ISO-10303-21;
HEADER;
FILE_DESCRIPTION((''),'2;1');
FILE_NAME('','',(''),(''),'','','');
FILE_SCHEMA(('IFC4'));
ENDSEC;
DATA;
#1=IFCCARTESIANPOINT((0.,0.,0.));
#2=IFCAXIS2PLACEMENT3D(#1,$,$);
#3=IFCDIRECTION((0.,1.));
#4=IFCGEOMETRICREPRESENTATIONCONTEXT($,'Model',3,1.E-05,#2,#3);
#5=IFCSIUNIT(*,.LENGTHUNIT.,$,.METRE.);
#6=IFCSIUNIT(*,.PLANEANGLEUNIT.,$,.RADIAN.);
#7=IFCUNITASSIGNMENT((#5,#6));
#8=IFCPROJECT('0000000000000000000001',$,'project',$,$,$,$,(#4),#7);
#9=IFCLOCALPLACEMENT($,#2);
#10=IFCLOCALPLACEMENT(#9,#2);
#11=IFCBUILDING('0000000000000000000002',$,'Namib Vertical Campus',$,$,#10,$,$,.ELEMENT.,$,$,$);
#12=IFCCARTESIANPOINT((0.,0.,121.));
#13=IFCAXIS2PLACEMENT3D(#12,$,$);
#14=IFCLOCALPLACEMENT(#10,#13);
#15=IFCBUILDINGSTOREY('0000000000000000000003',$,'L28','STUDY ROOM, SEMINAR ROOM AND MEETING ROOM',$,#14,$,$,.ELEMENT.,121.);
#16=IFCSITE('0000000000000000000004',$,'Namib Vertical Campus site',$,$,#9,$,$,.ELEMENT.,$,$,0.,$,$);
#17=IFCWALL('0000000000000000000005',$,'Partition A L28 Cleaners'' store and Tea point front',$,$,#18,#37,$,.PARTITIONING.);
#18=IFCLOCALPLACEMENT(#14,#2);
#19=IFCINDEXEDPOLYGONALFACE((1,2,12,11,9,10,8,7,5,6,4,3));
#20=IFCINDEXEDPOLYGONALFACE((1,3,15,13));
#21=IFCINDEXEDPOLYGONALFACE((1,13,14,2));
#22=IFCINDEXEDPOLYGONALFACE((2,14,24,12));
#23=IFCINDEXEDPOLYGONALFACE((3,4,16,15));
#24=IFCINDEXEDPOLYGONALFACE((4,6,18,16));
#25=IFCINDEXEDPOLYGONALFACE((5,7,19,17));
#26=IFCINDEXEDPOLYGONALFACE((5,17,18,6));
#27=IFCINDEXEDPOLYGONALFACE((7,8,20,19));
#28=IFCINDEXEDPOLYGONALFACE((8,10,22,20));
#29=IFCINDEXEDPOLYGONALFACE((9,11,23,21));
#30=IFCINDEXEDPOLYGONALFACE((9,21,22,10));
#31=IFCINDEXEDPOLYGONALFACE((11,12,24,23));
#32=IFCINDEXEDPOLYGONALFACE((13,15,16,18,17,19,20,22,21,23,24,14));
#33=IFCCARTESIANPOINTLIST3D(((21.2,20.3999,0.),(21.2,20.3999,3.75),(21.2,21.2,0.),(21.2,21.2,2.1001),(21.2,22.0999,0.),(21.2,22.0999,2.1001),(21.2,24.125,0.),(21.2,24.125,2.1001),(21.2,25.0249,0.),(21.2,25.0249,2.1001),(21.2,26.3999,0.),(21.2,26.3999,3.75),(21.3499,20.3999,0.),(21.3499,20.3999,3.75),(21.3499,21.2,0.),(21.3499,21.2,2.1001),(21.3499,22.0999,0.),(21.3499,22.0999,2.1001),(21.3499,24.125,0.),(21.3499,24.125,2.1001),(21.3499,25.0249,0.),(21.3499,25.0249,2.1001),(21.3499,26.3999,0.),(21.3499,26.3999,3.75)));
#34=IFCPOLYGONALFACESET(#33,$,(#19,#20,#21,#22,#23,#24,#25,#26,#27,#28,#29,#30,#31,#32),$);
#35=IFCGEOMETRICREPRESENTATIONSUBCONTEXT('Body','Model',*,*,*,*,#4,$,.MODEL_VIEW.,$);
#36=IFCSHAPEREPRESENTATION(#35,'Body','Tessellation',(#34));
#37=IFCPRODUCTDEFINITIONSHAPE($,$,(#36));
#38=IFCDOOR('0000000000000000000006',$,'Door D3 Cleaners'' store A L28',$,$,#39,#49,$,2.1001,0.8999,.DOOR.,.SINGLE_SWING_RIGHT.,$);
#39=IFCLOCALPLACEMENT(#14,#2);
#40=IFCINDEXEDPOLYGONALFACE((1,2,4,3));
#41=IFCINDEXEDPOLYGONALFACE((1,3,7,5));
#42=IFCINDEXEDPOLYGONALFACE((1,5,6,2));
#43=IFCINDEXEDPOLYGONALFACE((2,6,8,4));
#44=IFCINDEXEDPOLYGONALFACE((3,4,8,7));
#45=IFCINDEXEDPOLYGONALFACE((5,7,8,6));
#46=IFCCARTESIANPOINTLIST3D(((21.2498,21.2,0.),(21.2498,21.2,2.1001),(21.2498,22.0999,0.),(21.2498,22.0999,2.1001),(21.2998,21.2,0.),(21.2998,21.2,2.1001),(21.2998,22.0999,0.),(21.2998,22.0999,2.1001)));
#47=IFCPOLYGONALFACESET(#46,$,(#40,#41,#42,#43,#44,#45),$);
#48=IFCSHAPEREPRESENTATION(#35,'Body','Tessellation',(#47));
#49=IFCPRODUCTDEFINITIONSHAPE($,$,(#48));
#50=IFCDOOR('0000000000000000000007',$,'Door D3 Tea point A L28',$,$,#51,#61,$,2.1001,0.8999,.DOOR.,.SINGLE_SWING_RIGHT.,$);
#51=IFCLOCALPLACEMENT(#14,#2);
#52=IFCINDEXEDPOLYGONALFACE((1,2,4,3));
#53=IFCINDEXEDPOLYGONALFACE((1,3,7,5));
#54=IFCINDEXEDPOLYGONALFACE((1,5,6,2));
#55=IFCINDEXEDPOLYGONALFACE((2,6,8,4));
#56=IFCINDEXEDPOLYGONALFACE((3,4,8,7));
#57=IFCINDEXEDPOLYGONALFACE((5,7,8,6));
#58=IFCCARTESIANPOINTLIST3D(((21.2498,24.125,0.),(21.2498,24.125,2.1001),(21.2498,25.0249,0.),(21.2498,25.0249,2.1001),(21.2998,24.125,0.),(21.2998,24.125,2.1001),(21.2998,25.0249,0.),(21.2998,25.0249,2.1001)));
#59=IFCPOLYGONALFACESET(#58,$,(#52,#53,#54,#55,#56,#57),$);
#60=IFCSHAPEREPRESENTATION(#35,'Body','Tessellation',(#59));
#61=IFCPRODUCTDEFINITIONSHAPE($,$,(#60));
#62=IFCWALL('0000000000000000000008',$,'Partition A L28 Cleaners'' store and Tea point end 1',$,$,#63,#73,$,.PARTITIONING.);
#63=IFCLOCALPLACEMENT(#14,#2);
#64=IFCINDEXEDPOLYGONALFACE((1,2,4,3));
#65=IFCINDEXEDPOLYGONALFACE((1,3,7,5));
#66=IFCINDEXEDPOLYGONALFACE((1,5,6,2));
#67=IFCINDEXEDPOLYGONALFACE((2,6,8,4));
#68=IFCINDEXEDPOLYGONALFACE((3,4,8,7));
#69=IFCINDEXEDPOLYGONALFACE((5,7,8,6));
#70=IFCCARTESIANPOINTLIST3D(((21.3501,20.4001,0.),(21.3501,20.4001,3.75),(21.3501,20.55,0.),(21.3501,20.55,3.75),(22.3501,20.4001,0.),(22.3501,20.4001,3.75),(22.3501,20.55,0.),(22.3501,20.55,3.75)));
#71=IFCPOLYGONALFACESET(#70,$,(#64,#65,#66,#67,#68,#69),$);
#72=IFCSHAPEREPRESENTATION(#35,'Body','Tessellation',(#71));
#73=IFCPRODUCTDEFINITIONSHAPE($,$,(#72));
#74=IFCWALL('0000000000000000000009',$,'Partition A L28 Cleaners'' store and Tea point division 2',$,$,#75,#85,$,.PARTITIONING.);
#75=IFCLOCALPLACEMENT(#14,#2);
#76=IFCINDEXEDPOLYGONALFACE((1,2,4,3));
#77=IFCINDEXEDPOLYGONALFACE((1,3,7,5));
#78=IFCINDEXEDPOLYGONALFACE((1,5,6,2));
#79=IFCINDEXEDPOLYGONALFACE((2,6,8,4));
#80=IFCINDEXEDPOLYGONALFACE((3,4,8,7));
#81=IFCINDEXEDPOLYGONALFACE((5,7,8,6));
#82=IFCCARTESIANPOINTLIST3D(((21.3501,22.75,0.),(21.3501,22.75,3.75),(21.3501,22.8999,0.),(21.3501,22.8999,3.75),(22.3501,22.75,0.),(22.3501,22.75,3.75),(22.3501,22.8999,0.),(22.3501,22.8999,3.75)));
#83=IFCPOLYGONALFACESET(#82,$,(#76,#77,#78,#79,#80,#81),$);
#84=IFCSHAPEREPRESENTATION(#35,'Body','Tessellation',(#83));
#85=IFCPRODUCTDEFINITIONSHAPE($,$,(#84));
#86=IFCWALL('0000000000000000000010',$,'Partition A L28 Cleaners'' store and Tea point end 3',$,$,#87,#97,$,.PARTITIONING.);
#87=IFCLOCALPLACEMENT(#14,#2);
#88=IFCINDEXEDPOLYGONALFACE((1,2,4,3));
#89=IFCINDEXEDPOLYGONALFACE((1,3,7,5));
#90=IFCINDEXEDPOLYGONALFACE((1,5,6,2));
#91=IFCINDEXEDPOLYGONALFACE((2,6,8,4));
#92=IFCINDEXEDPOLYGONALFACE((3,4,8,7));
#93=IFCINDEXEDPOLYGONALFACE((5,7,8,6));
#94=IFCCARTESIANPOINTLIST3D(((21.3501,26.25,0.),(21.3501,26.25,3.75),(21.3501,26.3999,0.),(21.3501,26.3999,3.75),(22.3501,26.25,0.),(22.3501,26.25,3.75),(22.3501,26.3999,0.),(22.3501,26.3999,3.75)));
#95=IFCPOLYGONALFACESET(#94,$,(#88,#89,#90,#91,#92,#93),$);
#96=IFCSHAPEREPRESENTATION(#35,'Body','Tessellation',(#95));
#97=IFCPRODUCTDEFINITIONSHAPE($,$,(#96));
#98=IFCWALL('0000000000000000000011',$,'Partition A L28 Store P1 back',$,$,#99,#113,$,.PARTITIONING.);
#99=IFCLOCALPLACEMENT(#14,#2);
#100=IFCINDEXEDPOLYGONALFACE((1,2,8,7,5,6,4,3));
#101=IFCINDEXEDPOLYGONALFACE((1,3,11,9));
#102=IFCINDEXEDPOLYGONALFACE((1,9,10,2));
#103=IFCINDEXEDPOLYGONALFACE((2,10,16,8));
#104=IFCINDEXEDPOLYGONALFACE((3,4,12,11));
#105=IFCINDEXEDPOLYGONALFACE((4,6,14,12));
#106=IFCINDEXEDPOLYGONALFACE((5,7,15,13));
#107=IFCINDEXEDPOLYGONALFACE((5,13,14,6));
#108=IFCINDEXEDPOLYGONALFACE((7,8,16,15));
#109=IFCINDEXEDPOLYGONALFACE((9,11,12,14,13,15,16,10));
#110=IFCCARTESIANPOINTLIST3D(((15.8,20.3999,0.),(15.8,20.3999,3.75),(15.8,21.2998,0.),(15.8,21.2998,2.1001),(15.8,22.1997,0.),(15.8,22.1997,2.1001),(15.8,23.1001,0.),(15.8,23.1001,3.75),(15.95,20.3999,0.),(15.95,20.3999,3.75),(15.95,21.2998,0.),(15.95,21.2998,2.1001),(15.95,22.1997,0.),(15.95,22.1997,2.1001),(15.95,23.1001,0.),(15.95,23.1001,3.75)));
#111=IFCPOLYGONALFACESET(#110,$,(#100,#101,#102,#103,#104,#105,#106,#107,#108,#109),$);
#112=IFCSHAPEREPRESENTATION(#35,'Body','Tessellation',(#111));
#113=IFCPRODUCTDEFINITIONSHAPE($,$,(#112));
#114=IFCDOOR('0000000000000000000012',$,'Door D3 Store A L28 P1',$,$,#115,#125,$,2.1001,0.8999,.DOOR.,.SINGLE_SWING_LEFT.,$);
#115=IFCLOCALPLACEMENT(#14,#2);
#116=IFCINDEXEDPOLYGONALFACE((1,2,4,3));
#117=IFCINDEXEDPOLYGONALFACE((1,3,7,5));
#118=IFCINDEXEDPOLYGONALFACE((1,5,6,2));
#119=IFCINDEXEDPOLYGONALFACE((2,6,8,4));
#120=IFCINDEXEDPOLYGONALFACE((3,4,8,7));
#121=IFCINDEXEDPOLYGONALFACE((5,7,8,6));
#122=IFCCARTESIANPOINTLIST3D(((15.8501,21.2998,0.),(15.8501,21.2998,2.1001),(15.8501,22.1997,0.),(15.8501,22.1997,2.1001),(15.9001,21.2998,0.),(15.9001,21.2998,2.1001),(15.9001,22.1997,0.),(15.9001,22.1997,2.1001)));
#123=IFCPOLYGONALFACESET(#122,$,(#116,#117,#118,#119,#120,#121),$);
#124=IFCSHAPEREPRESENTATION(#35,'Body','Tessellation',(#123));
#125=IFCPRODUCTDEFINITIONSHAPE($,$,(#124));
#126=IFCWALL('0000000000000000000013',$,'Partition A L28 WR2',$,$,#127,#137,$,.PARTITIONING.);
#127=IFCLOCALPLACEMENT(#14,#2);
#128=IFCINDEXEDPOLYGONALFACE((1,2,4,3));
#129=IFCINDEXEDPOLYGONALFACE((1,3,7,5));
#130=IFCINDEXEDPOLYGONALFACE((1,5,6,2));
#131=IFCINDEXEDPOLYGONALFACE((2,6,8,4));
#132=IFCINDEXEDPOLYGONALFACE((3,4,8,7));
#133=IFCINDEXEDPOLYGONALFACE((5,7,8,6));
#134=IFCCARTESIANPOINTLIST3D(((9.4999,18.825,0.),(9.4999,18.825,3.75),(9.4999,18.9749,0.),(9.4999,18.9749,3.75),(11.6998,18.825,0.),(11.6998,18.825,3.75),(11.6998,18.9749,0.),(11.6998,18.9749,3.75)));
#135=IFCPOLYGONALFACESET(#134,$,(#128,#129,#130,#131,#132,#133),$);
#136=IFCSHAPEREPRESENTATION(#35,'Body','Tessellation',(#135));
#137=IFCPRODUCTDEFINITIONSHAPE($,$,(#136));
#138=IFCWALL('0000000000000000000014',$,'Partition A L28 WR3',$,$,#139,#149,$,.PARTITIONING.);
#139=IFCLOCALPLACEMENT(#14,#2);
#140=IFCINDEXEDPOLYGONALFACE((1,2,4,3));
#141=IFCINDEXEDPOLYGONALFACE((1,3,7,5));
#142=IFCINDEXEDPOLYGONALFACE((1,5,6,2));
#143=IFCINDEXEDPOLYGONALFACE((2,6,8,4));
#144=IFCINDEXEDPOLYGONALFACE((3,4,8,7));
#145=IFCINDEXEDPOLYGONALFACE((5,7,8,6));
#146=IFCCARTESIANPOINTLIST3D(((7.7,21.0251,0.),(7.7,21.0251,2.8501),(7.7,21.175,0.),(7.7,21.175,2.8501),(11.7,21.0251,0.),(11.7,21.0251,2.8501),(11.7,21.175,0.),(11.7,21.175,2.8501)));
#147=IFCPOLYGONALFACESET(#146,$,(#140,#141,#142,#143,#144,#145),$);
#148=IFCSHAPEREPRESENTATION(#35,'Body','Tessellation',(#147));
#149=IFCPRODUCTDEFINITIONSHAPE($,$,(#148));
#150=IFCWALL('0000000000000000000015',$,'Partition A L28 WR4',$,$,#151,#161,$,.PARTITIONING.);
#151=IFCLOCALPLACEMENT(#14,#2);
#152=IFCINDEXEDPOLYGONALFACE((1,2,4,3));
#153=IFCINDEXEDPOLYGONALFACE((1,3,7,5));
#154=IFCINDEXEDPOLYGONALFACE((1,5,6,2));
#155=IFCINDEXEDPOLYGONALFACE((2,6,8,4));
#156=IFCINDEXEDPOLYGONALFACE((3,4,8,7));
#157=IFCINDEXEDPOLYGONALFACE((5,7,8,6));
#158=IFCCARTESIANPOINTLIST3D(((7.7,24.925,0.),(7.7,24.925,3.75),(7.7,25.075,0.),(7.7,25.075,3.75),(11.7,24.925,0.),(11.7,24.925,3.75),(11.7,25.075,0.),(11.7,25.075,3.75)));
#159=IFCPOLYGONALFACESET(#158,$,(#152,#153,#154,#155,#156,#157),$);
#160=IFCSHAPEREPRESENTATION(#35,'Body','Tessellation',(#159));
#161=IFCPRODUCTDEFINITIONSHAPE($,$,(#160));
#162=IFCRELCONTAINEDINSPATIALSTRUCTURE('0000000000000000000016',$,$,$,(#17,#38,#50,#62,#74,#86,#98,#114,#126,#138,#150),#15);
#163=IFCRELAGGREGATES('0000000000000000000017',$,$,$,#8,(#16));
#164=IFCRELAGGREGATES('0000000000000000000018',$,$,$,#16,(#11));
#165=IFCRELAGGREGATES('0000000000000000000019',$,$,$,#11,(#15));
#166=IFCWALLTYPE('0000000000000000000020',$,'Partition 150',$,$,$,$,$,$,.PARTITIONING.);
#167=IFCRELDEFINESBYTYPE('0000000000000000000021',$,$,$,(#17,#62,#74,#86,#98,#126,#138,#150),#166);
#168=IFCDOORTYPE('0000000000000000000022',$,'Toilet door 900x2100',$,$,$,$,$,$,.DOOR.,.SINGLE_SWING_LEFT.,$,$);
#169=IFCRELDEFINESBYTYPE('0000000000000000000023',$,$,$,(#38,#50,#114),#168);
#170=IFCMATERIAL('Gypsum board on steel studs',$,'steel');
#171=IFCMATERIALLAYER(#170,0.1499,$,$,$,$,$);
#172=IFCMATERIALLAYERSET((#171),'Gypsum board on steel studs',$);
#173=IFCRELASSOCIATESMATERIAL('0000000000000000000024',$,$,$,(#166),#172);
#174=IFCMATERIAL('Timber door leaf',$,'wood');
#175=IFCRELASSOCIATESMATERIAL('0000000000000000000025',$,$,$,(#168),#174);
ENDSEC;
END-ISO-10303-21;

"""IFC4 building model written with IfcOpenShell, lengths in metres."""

from ifc_helpers import new_model, si_unit, direction, frame, frame_2d, origin, place, context, subcontext, project, spatial, rectangle, extrude, material, layer, layer_set, type_object, element, fill, save


model = new_model("IFC4")

# Units and contexts
model_context = context("Model", 3, precision=1e-05, world=origin(), true_north=direction((0.0, 1.0)))
body_context = subcontext(model_context, "Body", "Model", "MODEL_VIEW")
ifc_project = project(units=[si_unit("LENGTHUNIT", "METRE"), si_unit("PLANEANGLEUNIT", "RADIAN")], contexts=[model_context])

# Site, building, storey
site_placement = place(None, origin())
site = spatial("IfcSite", under=ifc_project, at=site_placement, Name="Namib Vertical Campus site", CompositionType="ELEMENT", RefElevation=0.0)
building_placement = place(site_placement, origin())
building = spatial("IfcBuilding", under=site, at=building_placement, Name="Namib Vertical Campus", CompositionType="ELEMENT")
storey_placement = place(building_placement, frame((0.0, 0.0, 121.0)))
storey = spatial("IfcBuildingStorey", under=building, at=storey_placement, Name="L28", Description="STUDY ROOM, SEMINAR ROOM AND MEETING ROOM", CompositionType="ELEMENT", Elevation=121.0)

# Wall, openings, doors
ifc_material_1 = material(Name="Gypsum board on steel studs", Category="steel")
ifc_layer_1 = layer(ifc_material_1, 0.1499)
ifc_layer_set_1 = layer_set([ifc_layer_1], Name="Gypsum board on steel studs")
wall_type_1 = type_object("IfcWallType", Name="Partition 150", PredefinedType="PARTITIONING", material=ifc_layer_set_1)
wall_1_placement = place(storey_placement, frame((21.2749, 20.3999, 0.0), z_axis=(0.0, 0.0, 1.0), x_axis=(0.0, 1.0, 0.0)))
wall_1 = element("IfcWall", 1, at=wall_1_placement, inside=storey, type_object=wall_type_1, Name="Partition A L28 Cleaners' store and Tea point front", PredefinedType="PARTITIONING", context=body_context, shape_type="SweptSolid", body=[
    extrude(rectangle(XDim=6.0, YDim=0.1499, at=frame_2d((3.0, 0.0))), origin(), (0.0, 0.0, 1.0), 3.75),
])
opening_1_placement = place(wall_1_placement, frame((0.8, 0.0, 0.0)))
opening_1 = element("IfcOpeningElement", 2, at=opening_1_placement, cuts=wall_1, PredefinedType="OPENING", context=body_context, shape_type="SweptSolid", body=[
    extrude(rectangle(XDim=0.8999, YDim=2.1001, at=frame_2d((0.45, 1.05))), frame((0.0, 0.085, 0.0), z_axis=(0.0, -1.0, 0.0), x_axis=(1.0, 0.0, 0.0)), (0.0, 0.0, 1.0), 0.1699),
])
opening_2_placement = place(wall_1_placement, frame((3.7251, 0.0, 0.0)))
opening_2 = element("IfcOpeningElement", 3, at=opening_2_placement, cuts=wall_1, PredefinedType="OPENING", context=body_context, shape_type="SweptSolid", body=[
    extrude(rectangle(XDim=0.8999, YDim=2.1001, at=frame_2d((0.45, 1.05))), frame((0.0, 0.085, 0.0), z_axis=(0.0, -1.0, 0.0), x_axis=(1.0, 0.0, 0.0)), (0.0, 0.0, 1.0), 0.1699),
])
ifc_material_2 = material(Name="Timber door leaf", Category="wood")
door_type_1 = type_object("IfcDoorType", Name="Toilet door 900x2100", OperationType="SINGLE_SWING_LEFT", PredefinedType="DOOR", material=ifc_material_2)
door_1_placement = place(opening_1_placement, frame((0.8999, 0.0, 0.0), z_axis=(0.0, 0.0, 1.0), x_axis=(-1.0, 0.0, 0.0)))
door_1 = element("IfcDoor", 4, at=door_1_placement, inside=storey, type_object=door_type_1, Name="Door D3 Cleaners' store A L28", OperationType="SINGLE_SWING_RIGHT", OverallHeight=2.1001, OverallWidth=0.8999, PredefinedType="DOOR", context=body_context, shape_type="SweptSolid", body=[
    extrude(rectangle(XDim=0.8999, YDim=2.1001, at=frame_2d((0.45, 1.05))), frame((0.0, 0.0249, 0.0), z_axis=(0.0, -1.0, 0.0), x_axis=(1.0, 0.0, 0.0)), (0.0, 0.0, 1.0), 0.05),
])
fill(opening_1, door_1)
door_2_placement = place(opening_2_placement, frame((0.8999, 0.0, 0.0), z_axis=(0.0, 0.0, 1.0), x_axis=(-1.0, 0.0, 0.0)))
door_2 = element("IfcDoor", 5, at=door_2_placement, inside=storey, type_object=door_type_1, Name="Door D3 Tea point A L28", OperationType="SINGLE_SWING_RIGHT", OverallHeight=2.1001, OverallWidth=0.8999, PredefinedType="DOOR", context=body_context, shape_type="SweptSolid", body=[
    extrude(rectangle(XDim=0.8999, YDim=2.1001, at=frame_2d((0.45, 1.05))), frame((0.0, 0.0249, 0.0), z_axis=(0.0, -1.0, 0.0), x_axis=(1.0, 0.0, 0.0)), (0.0, 0.0, 1.0), 0.05),
])
fill(opening_2, door_2)

# Walls
for number, where, z_axis, x_axis, name in (
    (6, (21.3501, 20.4751, 0.0), (0.0, 0.0, 1.0), (1.0, 0.0, 0.0), "Partition A L28 Cleaners' store and Tea point end 1"),
    (7, (21.3501, 22.825, 0.0), (0.0, 0.0, 1.0), (1.0, 0.0, 0.0), "Partition A L28 Cleaners' store and Tea point division 2"),
    (8, (21.3501, 26.325, 0.0), (0.0, 0.0, 1.0), (1.0, 0.0, 0.0), "Partition A L28 Cleaners' store and Tea point end 3"),
):
    element("IfcWall", number, at=place(storey_placement, frame(where, z_axis=z_axis, x_axis=x_axis)), inside=storey, type_object=wall_type_1, Name=name, PredefinedType="PARTITIONING", context=body_context, shape_type="SweptSolid", body=[
        extrude(rectangle(XDim=1.0, YDim=0.1499, at=frame_2d((0.5, 0.0))), origin(), (0.0, 0.0, 1.0), 3.75),
    ])

# Wall, opening, door
wall_2_placement = place(storey_placement, frame((15.875, 20.3999, 0.0), z_axis=(0.0, 0.0, 1.0), x_axis=(0.0, 1.0, 0.0)))
wall_2 = element("IfcWall", 9, at=wall_2_placement, inside=storey, type_object=wall_type_1, Name="Partition A L28 Store P1 back", PredefinedType="PARTITIONING", context=body_context, shape_type="SweptSolid", body=[
    extrude(rectangle(XDim=2.7002, YDim=0.1499, at=frame_2d((1.3501, 0.0))), origin(), (0.0, 0.0, 1.0), 3.75),
])
opening_3_placement = place(wall_2_placement, frame((0.8999, 0.0, 0.0)))
opening_3 = element("IfcOpeningElement", 10, at=opening_3_placement, cuts=wall_2, PredefinedType="OPENING", context=body_context, shape_type="SweptSolid", body=[
    extrude(rectangle(XDim=0.8999, YDim=2.1001, at=frame_2d((0.45, 1.05))), frame((0.0, 0.085, 0.0), z_axis=(0.0, -1.0, 0.0), x_axis=(1.0, 0.0, 0.0)), (0.0, 0.0, 1.0), 0.1699),
])
door_3_placement = place(opening_3_placement, origin())
door_3 = element("IfcDoor", 11, at=door_3_placement, inside=storey, type_object=door_type_1, Name="Door D3 Store A L28 P1", OperationType="SINGLE_SWING_LEFT", OverallHeight=2.1001, OverallWidth=0.8999, PredefinedType="DOOR", context=body_context, shape_type="SweptSolid", body=[
    extrude(rectangle(XDim=0.8999, YDim=2.1001, at=frame_2d((0.45, 1.05))), frame((0.0, 0.0249, 0.0), z_axis=(0.0, -1.0, 0.0), x_axis=(1.0, 0.0, 0.0)), (0.0, 0.0, 1.0), 0.05),
])
fill(opening_3, door_3)

# Walls
wall_3_placement = place(storey_placement, frame((11.7, 18.8999, 0.0), z_axis=(0.0, 0.0, 1.0), x_axis=(-1.0, 0.0, 0.0)))
element("IfcWall", 12, at=wall_3_placement, inside=storey, type_object=wall_type_1, Name="Partition A L28 WR2", PredefinedType="PARTITIONING", context=body_context, shape_type="SweptSolid", body=[
    extrude(rectangle(XDim=2.2, YDim=0.1499, at=frame_2d((1.1001, 0.0))), origin(), (0.0, 0.0, 1.0), 3.75),
])
wall_4_placement = place(storey_placement, frame((11.7, 21.1001, 0.0), z_axis=(0.0, 0.0, 1.0), x_axis=(-1.0, 0.0, 0.0)))
element("IfcWall", 13, at=wall_4_placement, inside=storey, type_object=wall_type_1, Name="Partition A L28 WR3", PredefinedType="PARTITIONING", context=body_context, shape_type="SweptSolid", body=[
    extrude(rectangle(XDim=4.0, YDim=0.1499, at=frame_2d((2.0, 0.0))), origin(), (0.0, 0.0, 1.0), 2.8501),
])
wall_5_placement = place(storey_placement, frame((11.7, 25.0, 0.0), z_axis=(0.0, 0.0, 1.0), x_axis=(-1.0, 0.0, 0.0)))
element("IfcWall", 14, at=wall_5_placement, inside=storey, type_object=wall_type_1, Name="Partition A L28 WR4", PredefinedType="PARTITIONING", context=body_context, shape_type="SweptSolid", body=[
    extrude(rectangle(XDim=4.0, YDim=0.1499, at=frame_2d((2.0, 0.0))), origin(), (0.0, 0.0, 1.0), 3.75),
])

save(model, "model.ifc")
